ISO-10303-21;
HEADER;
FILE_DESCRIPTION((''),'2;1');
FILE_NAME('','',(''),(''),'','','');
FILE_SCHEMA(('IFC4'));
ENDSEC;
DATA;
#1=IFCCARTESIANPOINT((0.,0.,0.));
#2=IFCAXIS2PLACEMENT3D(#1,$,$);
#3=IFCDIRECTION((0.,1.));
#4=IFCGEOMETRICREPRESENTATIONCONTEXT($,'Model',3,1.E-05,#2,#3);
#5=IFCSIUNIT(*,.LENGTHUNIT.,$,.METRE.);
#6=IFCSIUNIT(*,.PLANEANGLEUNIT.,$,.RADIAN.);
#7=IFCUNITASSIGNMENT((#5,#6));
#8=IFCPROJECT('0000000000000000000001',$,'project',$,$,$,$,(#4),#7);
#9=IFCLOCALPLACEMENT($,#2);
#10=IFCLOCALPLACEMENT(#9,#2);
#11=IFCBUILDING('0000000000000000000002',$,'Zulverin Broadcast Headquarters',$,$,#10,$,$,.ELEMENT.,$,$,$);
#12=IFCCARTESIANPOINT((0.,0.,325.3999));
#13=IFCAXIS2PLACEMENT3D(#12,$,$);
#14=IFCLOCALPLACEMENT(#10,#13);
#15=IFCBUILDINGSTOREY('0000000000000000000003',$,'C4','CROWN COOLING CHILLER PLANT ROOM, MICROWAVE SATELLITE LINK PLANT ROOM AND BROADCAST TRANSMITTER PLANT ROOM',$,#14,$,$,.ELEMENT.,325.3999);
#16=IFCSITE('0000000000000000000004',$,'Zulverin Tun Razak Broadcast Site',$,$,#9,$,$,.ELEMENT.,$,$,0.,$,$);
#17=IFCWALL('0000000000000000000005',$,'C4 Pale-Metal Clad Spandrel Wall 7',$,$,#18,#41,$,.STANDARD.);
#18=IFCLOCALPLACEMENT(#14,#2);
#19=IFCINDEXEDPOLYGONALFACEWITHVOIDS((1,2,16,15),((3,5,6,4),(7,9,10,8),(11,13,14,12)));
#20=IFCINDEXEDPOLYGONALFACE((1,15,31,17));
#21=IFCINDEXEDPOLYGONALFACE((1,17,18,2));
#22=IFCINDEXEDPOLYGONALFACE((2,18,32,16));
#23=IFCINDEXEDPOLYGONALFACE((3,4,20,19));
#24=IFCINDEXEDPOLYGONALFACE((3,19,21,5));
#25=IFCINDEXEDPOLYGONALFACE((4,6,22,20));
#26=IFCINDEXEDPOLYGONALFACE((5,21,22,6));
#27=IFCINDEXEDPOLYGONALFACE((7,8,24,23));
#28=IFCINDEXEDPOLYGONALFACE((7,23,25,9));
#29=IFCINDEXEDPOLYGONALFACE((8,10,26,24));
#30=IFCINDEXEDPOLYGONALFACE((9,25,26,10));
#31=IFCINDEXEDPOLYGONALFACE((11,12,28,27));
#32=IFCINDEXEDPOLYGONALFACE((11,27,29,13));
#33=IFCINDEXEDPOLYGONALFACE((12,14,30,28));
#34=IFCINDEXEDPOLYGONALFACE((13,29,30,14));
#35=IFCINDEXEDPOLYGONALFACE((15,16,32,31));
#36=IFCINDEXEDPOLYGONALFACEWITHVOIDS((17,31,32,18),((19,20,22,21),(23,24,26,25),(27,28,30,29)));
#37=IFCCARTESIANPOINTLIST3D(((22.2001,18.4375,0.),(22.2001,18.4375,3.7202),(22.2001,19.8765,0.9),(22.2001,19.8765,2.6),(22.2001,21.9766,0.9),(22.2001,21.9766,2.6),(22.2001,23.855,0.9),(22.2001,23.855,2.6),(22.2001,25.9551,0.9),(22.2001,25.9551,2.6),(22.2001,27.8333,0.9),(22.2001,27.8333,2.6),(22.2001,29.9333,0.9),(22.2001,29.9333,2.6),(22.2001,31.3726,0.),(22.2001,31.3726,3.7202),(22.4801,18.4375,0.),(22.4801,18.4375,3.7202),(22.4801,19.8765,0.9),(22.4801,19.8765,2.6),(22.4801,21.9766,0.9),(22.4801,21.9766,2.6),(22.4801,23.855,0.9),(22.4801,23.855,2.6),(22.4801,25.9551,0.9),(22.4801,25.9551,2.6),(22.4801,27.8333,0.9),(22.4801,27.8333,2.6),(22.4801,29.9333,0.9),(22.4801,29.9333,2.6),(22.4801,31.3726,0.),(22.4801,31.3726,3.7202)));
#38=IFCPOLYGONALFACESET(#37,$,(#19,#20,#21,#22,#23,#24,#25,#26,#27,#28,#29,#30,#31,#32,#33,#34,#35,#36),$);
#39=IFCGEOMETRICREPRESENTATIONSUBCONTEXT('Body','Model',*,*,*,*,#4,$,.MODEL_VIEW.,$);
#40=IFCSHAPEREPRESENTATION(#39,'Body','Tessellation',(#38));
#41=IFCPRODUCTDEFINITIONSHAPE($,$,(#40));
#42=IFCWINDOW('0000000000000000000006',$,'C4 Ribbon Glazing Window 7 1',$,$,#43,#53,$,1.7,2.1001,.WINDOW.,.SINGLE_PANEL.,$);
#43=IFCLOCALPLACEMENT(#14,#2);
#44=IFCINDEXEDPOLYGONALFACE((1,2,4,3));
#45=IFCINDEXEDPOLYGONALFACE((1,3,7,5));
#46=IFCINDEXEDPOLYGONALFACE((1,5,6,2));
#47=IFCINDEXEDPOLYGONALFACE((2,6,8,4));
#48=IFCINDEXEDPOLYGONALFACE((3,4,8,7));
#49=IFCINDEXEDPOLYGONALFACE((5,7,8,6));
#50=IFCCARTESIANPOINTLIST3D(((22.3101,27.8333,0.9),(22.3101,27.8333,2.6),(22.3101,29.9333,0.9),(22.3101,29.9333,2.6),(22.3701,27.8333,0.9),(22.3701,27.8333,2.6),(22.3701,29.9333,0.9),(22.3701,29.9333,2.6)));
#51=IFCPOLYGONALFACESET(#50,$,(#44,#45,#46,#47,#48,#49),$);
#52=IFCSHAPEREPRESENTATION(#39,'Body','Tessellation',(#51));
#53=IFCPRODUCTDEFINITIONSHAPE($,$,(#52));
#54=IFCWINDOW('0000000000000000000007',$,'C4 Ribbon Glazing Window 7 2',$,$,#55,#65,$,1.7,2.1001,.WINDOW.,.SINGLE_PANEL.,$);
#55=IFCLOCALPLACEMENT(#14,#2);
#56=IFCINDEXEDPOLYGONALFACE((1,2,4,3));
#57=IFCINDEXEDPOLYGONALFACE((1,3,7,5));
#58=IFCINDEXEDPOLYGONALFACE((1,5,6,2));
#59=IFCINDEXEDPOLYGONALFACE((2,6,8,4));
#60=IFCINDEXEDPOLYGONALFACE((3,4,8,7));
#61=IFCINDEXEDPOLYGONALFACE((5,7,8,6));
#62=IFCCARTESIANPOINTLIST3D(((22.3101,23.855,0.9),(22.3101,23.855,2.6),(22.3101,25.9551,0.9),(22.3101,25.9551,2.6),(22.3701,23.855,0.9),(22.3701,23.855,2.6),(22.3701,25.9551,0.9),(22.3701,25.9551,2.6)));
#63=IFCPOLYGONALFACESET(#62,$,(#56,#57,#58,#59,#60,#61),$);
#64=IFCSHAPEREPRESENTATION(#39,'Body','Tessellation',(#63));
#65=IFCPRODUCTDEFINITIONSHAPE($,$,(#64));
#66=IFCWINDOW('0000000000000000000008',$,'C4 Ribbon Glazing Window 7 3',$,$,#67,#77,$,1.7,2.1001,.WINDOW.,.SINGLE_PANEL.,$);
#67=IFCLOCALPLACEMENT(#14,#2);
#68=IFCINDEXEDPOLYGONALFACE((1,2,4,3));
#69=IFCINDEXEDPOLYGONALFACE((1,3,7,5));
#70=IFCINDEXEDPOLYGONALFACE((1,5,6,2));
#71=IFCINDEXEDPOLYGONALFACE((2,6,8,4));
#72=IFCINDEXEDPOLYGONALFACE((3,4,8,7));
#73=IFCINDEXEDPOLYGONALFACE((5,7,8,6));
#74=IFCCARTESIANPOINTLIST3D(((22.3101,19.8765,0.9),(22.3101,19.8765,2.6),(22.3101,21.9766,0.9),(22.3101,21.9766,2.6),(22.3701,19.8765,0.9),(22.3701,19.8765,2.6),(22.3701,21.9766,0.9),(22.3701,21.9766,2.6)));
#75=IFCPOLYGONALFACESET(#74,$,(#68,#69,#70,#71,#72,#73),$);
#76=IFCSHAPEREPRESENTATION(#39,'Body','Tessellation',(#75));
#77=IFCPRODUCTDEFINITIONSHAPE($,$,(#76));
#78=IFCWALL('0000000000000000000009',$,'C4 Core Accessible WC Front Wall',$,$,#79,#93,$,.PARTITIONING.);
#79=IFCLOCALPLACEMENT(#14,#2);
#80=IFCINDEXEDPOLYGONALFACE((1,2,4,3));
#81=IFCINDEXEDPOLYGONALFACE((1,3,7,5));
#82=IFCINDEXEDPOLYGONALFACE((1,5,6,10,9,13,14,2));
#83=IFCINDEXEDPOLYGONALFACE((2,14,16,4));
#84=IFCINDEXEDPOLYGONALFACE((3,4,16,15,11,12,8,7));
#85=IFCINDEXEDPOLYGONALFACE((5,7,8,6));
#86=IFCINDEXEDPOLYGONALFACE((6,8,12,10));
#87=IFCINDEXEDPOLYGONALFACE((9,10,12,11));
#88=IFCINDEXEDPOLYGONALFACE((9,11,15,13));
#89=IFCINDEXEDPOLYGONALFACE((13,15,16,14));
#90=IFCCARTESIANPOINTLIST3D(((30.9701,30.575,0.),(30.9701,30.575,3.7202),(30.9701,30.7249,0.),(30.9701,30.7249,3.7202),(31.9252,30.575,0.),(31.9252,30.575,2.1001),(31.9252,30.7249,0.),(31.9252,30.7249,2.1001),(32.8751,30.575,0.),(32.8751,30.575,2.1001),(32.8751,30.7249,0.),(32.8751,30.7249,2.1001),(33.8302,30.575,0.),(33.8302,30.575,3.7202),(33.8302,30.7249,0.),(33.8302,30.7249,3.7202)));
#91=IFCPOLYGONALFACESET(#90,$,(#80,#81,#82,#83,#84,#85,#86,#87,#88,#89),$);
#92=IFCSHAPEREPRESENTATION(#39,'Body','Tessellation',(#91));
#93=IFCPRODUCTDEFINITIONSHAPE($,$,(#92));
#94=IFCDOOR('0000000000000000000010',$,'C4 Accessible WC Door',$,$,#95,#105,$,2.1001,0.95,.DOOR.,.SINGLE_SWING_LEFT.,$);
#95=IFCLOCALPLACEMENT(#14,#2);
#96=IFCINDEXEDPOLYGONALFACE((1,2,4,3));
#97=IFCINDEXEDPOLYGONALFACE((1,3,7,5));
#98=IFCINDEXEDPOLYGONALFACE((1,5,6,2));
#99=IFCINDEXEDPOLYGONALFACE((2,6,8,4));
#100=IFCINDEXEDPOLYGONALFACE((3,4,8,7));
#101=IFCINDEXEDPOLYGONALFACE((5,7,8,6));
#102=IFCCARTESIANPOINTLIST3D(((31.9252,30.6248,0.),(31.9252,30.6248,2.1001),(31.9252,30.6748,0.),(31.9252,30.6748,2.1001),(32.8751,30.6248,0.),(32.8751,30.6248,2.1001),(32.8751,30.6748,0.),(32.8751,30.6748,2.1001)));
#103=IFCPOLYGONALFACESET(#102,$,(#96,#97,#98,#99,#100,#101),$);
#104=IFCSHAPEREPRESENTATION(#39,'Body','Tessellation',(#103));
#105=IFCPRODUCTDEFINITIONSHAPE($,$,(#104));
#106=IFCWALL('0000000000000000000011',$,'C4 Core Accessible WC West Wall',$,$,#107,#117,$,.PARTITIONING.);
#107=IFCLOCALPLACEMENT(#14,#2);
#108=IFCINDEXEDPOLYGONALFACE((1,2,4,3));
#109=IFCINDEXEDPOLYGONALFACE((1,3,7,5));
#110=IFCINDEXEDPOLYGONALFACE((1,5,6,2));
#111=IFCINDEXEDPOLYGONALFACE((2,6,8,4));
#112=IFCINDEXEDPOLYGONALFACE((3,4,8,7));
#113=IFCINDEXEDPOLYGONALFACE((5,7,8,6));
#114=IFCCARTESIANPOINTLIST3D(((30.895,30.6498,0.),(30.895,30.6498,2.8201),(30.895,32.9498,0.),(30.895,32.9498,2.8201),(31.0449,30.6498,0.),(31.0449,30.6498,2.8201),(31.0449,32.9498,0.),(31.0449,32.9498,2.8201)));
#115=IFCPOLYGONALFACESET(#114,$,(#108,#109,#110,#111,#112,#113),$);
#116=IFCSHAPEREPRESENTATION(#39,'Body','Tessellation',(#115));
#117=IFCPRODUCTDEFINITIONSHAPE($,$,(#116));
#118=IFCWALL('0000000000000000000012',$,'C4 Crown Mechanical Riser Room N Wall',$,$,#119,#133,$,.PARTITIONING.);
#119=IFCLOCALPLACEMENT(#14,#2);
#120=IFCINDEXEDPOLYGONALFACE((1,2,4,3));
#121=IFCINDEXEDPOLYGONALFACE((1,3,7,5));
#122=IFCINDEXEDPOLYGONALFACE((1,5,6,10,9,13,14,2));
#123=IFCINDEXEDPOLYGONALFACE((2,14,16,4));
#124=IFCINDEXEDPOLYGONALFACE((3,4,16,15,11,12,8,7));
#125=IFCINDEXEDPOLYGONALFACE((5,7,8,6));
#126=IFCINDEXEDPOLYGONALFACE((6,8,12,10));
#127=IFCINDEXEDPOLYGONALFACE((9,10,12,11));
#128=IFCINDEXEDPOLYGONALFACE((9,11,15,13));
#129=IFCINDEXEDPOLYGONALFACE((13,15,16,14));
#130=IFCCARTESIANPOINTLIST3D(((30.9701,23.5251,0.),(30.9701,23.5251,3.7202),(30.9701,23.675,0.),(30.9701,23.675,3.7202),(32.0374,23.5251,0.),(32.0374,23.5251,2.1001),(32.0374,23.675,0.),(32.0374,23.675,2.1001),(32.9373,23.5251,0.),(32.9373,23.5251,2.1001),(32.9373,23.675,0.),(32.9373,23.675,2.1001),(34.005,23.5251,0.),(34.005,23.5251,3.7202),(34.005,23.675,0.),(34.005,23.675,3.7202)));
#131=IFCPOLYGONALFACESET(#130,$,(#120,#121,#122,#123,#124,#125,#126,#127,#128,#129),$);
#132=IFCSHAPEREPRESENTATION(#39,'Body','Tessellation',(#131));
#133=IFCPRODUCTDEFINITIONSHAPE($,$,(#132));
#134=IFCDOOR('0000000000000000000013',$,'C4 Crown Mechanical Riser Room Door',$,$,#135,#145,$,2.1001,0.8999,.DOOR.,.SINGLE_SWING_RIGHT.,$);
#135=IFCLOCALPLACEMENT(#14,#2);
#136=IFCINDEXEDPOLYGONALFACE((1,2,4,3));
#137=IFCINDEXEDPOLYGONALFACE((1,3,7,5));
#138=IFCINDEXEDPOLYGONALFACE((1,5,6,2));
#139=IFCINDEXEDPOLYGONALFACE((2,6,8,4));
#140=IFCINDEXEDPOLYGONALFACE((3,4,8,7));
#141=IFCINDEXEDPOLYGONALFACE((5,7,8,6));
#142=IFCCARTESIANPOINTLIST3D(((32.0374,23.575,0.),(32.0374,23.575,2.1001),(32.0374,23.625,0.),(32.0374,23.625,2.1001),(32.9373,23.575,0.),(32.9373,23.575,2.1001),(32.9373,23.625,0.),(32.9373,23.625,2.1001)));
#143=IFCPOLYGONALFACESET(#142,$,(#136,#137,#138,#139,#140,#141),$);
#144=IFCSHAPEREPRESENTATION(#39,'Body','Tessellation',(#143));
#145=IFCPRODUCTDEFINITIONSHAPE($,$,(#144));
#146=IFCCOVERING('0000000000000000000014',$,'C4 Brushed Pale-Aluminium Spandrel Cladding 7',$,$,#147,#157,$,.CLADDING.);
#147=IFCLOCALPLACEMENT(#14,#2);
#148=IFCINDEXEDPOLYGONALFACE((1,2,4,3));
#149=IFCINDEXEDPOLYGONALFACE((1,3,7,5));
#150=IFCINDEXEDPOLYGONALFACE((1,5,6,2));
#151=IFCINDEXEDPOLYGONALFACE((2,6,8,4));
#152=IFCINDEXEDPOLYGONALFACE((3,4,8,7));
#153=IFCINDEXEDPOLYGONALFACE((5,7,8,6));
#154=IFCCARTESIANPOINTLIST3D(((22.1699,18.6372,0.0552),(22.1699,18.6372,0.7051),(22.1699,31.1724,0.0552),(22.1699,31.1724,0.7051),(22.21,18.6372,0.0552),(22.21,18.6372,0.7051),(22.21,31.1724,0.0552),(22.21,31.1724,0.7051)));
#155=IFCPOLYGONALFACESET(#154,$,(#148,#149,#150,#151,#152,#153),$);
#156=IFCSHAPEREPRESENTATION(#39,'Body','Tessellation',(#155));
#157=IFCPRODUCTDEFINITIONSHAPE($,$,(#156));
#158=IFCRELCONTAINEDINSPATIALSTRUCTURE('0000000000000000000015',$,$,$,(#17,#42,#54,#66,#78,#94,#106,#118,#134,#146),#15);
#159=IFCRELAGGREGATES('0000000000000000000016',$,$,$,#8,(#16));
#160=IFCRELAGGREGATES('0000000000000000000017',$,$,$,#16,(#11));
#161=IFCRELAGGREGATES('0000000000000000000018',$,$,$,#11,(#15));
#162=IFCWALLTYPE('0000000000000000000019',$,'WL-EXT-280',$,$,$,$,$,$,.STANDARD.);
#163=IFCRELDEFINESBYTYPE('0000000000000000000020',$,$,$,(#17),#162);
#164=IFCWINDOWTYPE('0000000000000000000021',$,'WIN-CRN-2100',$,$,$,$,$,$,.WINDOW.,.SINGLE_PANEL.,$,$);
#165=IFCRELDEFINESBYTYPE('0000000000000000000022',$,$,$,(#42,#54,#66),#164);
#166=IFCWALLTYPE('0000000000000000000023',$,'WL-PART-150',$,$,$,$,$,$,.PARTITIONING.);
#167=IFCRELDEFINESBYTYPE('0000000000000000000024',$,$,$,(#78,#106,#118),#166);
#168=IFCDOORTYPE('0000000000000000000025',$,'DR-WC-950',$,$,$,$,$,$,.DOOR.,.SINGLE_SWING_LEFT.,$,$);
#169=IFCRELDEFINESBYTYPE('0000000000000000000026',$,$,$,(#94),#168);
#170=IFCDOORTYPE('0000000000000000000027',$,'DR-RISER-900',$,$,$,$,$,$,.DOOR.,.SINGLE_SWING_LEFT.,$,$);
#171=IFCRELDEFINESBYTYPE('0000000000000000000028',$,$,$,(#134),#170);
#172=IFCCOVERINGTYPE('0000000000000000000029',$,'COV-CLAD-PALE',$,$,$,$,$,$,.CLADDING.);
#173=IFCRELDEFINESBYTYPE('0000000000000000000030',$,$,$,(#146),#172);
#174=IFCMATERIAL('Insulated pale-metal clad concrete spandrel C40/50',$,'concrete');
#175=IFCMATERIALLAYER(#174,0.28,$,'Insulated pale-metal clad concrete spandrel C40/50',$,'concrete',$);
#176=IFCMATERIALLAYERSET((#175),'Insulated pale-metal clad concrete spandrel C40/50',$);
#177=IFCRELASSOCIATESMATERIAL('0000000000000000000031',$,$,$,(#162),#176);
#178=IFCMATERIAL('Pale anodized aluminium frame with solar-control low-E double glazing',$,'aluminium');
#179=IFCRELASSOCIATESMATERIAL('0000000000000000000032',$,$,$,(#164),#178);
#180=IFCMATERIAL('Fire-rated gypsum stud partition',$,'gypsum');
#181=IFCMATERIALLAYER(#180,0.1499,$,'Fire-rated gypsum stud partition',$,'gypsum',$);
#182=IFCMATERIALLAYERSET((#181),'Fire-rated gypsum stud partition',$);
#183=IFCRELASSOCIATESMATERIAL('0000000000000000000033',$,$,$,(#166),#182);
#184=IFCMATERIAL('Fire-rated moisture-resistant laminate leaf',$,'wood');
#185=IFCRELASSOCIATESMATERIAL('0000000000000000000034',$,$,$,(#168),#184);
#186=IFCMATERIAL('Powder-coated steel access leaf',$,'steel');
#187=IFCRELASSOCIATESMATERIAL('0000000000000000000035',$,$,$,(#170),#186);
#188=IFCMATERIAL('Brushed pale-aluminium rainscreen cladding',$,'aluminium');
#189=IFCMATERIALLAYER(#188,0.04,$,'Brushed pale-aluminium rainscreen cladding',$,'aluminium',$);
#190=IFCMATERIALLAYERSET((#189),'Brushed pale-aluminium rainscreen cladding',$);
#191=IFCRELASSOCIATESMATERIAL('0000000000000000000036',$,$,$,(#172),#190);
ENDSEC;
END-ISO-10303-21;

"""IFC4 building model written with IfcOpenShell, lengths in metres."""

from ifc_helpers import new_model, si_unit, direction, frame, frame_2d, origin, origin_2d, place, context, subcontext, project, spatial, rectangle, extrude, material, layer, layer_set, type_object, element, fill, save


model = new_model("IFC4")

# Units and contexts
model_context = context("Model", 3, precision=1e-05, world=origin(), true_north=direction((0.0, 1.0)))
body_context = subcontext(model_context, "Body", "Model", "MODEL_VIEW")
ifc_project = project(units=[si_unit("LENGTHUNIT", "METRE"), si_unit("PLANEANGLEUNIT", "RADIAN")], contexts=[model_context])

# Site, building, storey
site_placement = place(None, origin())
site = spatial("IfcSite", under=ifc_project, at=site_placement, Name="Zulverin Tun Razak Broadcast Site", CompositionType="ELEMENT", RefElevation=0.0)
building_placement = place(site_placement, origin())
building = spatial("IfcBuilding", under=site, at=building_placement, Name="Zulverin Broadcast Headquarters", CompositionType="ELEMENT")
storey_placement = place(building_placement, frame((0.0, 0.0, 325.3999)))
storey = spatial("IfcBuildingStorey", under=building, at=storey_placement, Name="C4", Description="CROWN COOLING CHILLER PLANT ROOM, MICROWAVE SATELLITE LINK PLANT ROOM AND BROADCAST TRANSMITTER PLANT ROOM", CompositionType="ELEMENT", Elevation=325.3999)

# Wall, openings, windows
ifc_material_1 = material(Name="Insulated pale-metal clad concrete spandrel C40/50", Category="concrete")
ifc_layer_1 = layer(ifc_material_1, 0.28, Name="Insulated pale-metal clad concrete spandrel C40/50", Category="concrete")
ifc_layer_set_1 = layer_set([ifc_layer_1], Name="Insulated pale-metal clad concrete spandrel C40/50")
wall_type_1 = type_object("IfcWallType", Name="WL-EXT-280", PredefinedType="STANDARD", material=ifc_layer_set_1)
wall_1_placement = place(storey_placement, frame((22.3401, 31.3726, 0.0), z_axis=(0.0, 0.0, 1.0), x_axis=(0.0, -1.0, 0.0)))
wall_1 = element("IfcWall", 1, at=wall_1_placement, inside=storey, type_object=wall_type_1, Name="C4 Pale-Metal Clad Spandrel Wall 7", PredefinedType="STANDARD", context=body_context, shape_type="SweptSolid", body=[
    extrude(rectangle(XDim=12.9351, YDim=0.28, at=frame_2d((6.4675, 0.0))), origin(), (0.0, 0.0, 1.0), 3.7202),
])
opening_1_placement = place(wall_1_placement, frame((1.4392, 0.0, 0.8999)))
opening_1 = element("IfcOpeningElement", 2, at=opening_1_placement, cuts=wall_1, PredefinedType="OPENING", context=body_context, shape_type="SweptSolid", body=[
    extrude(rectangle(XDim=2.1001, YDim=1.7, at=frame_2d((1.05, 0.8501))), frame((0.0, 0.1499, 0.0), z_axis=(0.0, -1.0, 0.0), x_axis=(1.0, 0.0, 0.0)), (0.0, 0.0, 1.0), 0.3),
])
opening_2_placement = place(wall_1_placement, frame((5.4175, 0.0, 0.8999)))
opening_2 = element("IfcOpeningElement", 3, at=opening_2_placement, cuts=wall_1, PredefinedType="OPENING", context=body_context, shape_type="SweptSolid", body=[
    extrude(rectangle(XDim=2.1001, YDim=1.7, at=frame_2d((1.05, 0.8501))), frame((0.0, 0.1499, 0.0), z_axis=(0.0, -1.0, 0.0), x_axis=(1.0, 0.0, 0.0)), (0.0, 0.0, 1.0), 0.3),
])
opening_3_placement = place(wall_1_placement, frame((9.396, 0.0, 0.8999)))
opening_3 = element("IfcOpeningElement", 4, at=opening_3_placement, cuts=wall_1, PredefinedType="OPENING", context=body_context, shape_type="SweptSolid", body=[
    extrude(rectangle(XDim=2.1001, YDim=1.7, at=frame_2d((1.05, 0.8501))), frame((0.0, 0.1499, 0.0), z_axis=(0.0, -1.0, 0.0), x_axis=(1.0, 0.0, 0.0)), (0.0, 0.0, 1.0), 0.3),
])
ifc_material_2 = material(Name="Pale anodized aluminium frame with solar-control low-E double glazing", Category="aluminium")
window_type = type_object("IfcWindowType", Name="WIN-CRN-2100", PartitioningType="SINGLE_PANEL", PredefinedType="WINDOW", material=ifc_material_2)
window_1_placement = place(opening_1_placement, origin())
window_1 = element("IfcWindow", 5, at=window_1_placement, inside=storey, type_object=window_type, Name="C4 Ribbon Glazing Window 7 1", OverallHeight=1.7, OverallWidth=2.1001, PartitioningType="SINGLE_PANEL", PredefinedType="WINDOW", context=body_context, shape_type="SweptSolid", body=[
    extrude(rectangle(XDim=2.1001, YDim=1.7, at=frame_2d((1.05, 0.8501))), frame((0.0, 0.03, 0.0), z_axis=(0.0, -1.0, 0.0), x_axis=(1.0, 0.0, 0.0)), (0.0, 0.0, 1.0), 0.0601),
])
fill(opening_1, window_1)
window_2_placement = place(opening_2_placement, origin())
window_2 = element("IfcWindow", 6, at=window_2_placement, inside=storey, type_object=window_type, Name="C4 Ribbon Glazing Window 7 2", OverallHeight=1.7, OverallWidth=2.1001, PartitioningType="SINGLE_PANEL", PredefinedType="WINDOW", context=body_context, shape_type="SweptSolid", body=[
    extrude(rectangle(XDim=2.1001, YDim=1.7, at=frame_2d((1.05, 0.8501))), frame((0.0, 0.03, 0.0), z_axis=(0.0, -1.0, 0.0), x_axis=(1.0, 0.0, 0.0)), (0.0, 0.0, 1.0), 0.0601),
])
fill(opening_2, window_2)
window_3_placement = place(opening_3_placement, origin())
window_3 = element("IfcWindow", 7, at=window_3_placement, inside=storey, type_object=window_type, Name="C4 Ribbon Glazing Window 7 3", OverallHeight=1.7, OverallWidth=2.1001, PartitioningType="SINGLE_PANEL", PredefinedType="WINDOW", context=body_context, shape_type="SweptSolid", body=[
    extrude(rectangle(XDim=2.1001, YDim=1.7, at=frame_2d((1.05, 0.8501))), frame((0.0, 0.03, 0.0), z_axis=(0.0, -1.0, 0.0), x_axis=(1.0, 0.0, 0.0)), (0.0, 0.0, 1.0), 0.0601),
])
fill(opening_3, window_3)

# Wall, opening, door
ifc_material_3 = material(Name="Fire-rated gypsum stud partition", Category="gypsum")
ifc_layer_2 = layer(ifc_material_3, 0.1499, Name="Fire-rated gypsum stud partition", Category="gypsum")
ifc_layer_set_2 = layer_set([ifc_layer_2], Name="Fire-rated gypsum stud partition")
wall_type_2 = type_object("IfcWallType", Name="WL-PART-150", PredefinedType="PARTITIONING", material=ifc_layer_set_2)
wall_2_placement = place(storey_placement, frame((30.97, 30.6499, 0.0), z_axis=(0.0, 0.0, 1.0), x_axis=(1.0, 0.0, 0.0)))
wall_2 = element("IfcWall", 8, at=wall_2_placement, inside=storey, type_object=wall_type_2, Name="C4 Core Accessible WC Front Wall", PredefinedType="PARTITIONING", context=body_context, shape_type="SweptSolid", body=[
    extrude(rectangle(XDim=2.8601, YDim=0.1499, at=frame_2d((1.4302, 0.0))), origin(), (0.0, 0.0, 1.0), 3.7202),
])
opening_4_placement = place(wall_2_placement, frame((0.9551, 0.0, 0.0)))
opening_4 = element("IfcOpeningElement", 9, at=opening_4_placement, cuts=wall_2, PredefinedType="OPENING", context=body_context, shape_type="SweptSolid", body=[
    extrude(rectangle(XDim=0.95, YDim=2.1001, at=frame_2d((0.4751, 1.05))), frame((0.0, 0.085, 0.0), z_axis=(0.0, -1.0, 0.0), x_axis=(1.0, 0.0, 0.0)), (0.0, 0.0, 1.0), 0.1699),
])
ifc_material_4 = material(Name="Fire-rated moisture-resistant laminate leaf", Category="wood")
door_type_1 = type_object("IfcDoorType", Name="DR-WC-950", OperationType="SINGLE_SWING_LEFT", PredefinedType="DOOR", material=ifc_material_4)
door_1_placement = place(opening_4_placement, origin())
door_1 = element("IfcDoor", 10, at=door_1_placement, inside=storey, type_object=door_type_1, Name="C4 Accessible WC Door", OperationType="SINGLE_SWING_LEFT", OverallHeight=2.1001, OverallWidth=0.95, PredefinedType="DOOR", context=body_context, shape_type="SweptSolid", body=[
    extrude(rectangle(XDim=0.95, YDim=2.1001, at=frame_2d((0.4751, 1.05))), frame((0.0, 0.0249, 0.0), z_axis=(0.0, -1.0, 0.0), x_axis=(1.0, 0.0, 0.0)), (0.0, 0.0, 1.0), 0.05),
])
fill(opening_4, door_1)

# Wall
wall_3_placement = place(storey_placement, frame((30.97, 30.6499, 0.0), z_axis=(0.0, 0.0, 1.0), x_axis=(0.0, 1.0, 0.0)))
element("IfcWall", 11, at=wall_3_placement, inside=storey, type_object=wall_type_2, Name="C4 Core Accessible WC West Wall", PredefinedType="PARTITIONING", context=body_context, shape_type="SweptSolid", body=[
    extrude(rectangle(XDim=2.3, YDim=0.1499, at=frame_2d((1.1499, 0.0))), origin(), (0.0, 0.0, 1.0), 2.8201),
])

# Wall, opening, door
wall_4_placement = place(storey_placement, frame((30.97, 23.6001, 0.0), z_axis=(0.0, 0.0, 1.0), x_axis=(1.0, 0.0, 0.0)))
wall_4 = element("IfcWall", 12, at=wall_4_placement, inside=storey, type_object=wall_type_2, Name="C4 Crown Mechanical Riser Room N Wall", PredefinedType="PARTITIONING", context=body_context, shape_type="SweptSolid", body=[
    extrude(rectangle(XDim=3.0349, YDim=0.1499, at=frame_2d((1.5176, 0.0))), origin(), (0.0, 0.0, 1.0), 3.7202),
])
opening_5_placement = place(wall_4_placement, frame((1.0674, 0.0, 0.0)))
opening_5 = element("IfcOpeningElement", 13, at=opening_5_placement, cuts=wall_4, PredefinedType="OPENING", context=body_context, shape_type="SweptSolid", body=[
    extrude(rectangle(XDim=0.8999, YDim=2.1001, at=frame_2d((0.45, 1.05))), frame((0.0, 0.085, 0.0), z_axis=(0.0, -1.0, 0.0), x_axis=(1.0, 0.0, 0.0)), (0.0, 0.0, 1.0), 0.1699),
])
ifc_material_5 = material(Name="Powder-coated steel access leaf", Category="steel")
door_type_2 = type_object("IfcDoorType", Name="DR-RISER-900", OperationType="SINGLE_SWING_LEFT", PredefinedType="DOOR", material=ifc_material_5)
door_2_placement = place(opening_5_placement, origin())
door_2 = element("IfcDoor", 14, at=door_2_placement, inside=storey, type_object=door_type_2, Name="C4 Crown Mechanical Riser Room Door", OperationType="SINGLE_SWING_RIGHT", OverallHeight=2.1001, OverallWidth=0.8999, PredefinedType="DOOR", context=body_context, shape_type="SweptSolid", body=[
    extrude(rectangle(XDim=0.8999, YDim=2.1001, at=frame_2d((0.45, 1.05))), frame((0.0, 0.0249, 0.0), z_axis=(0.0, -1.0, 0.0), x_axis=(1.0, 0.0, 0.0)), (0.0, 0.0, 1.0), 0.05),
])
fill(opening_5, door_2)

# Covering
ifc_material_6 = material(Name="Brushed pale-aluminium rainscreen cladding", Category="aluminium")
ifc_layer_3 = layer(ifc_material_6, 0.04, Name="Brushed pale-aluminium rainscreen cladding", Category="aluminium")
ifc_layer_set_3 = layer_set([ifc_layer_3], Name="Brushed pale-aluminium rainscreen cladding")
covering_type = type_object("IfcCoveringType", Name="COV-CLAD-PALE", PredefinedType="CLADDING", material=ifc_layer_set_3)
covering_placement = place(storey_placement, frame((22.1899, 24.9048, 0.0552), z_axis=(0.0, 0.0, 1.0), x_axis=(0.0, -1.0, 0.0)))
element("IfcCovering", 15, at=covering_placement, inside=storey, type_object=covering_type, Name="C4 Brushed Pale-Aluminium Spandrel Cladding 7", PredefinedType="CLADDING", context=body_context, shape_type="SweptSolid", body=[
    extrude(rectangle(XDim=12.5352, YDim=0.04, at=origin_2d()), origin(), (0.0, 0.0, 1.0), 0.6499),
])

save(model, "model.ifc")
